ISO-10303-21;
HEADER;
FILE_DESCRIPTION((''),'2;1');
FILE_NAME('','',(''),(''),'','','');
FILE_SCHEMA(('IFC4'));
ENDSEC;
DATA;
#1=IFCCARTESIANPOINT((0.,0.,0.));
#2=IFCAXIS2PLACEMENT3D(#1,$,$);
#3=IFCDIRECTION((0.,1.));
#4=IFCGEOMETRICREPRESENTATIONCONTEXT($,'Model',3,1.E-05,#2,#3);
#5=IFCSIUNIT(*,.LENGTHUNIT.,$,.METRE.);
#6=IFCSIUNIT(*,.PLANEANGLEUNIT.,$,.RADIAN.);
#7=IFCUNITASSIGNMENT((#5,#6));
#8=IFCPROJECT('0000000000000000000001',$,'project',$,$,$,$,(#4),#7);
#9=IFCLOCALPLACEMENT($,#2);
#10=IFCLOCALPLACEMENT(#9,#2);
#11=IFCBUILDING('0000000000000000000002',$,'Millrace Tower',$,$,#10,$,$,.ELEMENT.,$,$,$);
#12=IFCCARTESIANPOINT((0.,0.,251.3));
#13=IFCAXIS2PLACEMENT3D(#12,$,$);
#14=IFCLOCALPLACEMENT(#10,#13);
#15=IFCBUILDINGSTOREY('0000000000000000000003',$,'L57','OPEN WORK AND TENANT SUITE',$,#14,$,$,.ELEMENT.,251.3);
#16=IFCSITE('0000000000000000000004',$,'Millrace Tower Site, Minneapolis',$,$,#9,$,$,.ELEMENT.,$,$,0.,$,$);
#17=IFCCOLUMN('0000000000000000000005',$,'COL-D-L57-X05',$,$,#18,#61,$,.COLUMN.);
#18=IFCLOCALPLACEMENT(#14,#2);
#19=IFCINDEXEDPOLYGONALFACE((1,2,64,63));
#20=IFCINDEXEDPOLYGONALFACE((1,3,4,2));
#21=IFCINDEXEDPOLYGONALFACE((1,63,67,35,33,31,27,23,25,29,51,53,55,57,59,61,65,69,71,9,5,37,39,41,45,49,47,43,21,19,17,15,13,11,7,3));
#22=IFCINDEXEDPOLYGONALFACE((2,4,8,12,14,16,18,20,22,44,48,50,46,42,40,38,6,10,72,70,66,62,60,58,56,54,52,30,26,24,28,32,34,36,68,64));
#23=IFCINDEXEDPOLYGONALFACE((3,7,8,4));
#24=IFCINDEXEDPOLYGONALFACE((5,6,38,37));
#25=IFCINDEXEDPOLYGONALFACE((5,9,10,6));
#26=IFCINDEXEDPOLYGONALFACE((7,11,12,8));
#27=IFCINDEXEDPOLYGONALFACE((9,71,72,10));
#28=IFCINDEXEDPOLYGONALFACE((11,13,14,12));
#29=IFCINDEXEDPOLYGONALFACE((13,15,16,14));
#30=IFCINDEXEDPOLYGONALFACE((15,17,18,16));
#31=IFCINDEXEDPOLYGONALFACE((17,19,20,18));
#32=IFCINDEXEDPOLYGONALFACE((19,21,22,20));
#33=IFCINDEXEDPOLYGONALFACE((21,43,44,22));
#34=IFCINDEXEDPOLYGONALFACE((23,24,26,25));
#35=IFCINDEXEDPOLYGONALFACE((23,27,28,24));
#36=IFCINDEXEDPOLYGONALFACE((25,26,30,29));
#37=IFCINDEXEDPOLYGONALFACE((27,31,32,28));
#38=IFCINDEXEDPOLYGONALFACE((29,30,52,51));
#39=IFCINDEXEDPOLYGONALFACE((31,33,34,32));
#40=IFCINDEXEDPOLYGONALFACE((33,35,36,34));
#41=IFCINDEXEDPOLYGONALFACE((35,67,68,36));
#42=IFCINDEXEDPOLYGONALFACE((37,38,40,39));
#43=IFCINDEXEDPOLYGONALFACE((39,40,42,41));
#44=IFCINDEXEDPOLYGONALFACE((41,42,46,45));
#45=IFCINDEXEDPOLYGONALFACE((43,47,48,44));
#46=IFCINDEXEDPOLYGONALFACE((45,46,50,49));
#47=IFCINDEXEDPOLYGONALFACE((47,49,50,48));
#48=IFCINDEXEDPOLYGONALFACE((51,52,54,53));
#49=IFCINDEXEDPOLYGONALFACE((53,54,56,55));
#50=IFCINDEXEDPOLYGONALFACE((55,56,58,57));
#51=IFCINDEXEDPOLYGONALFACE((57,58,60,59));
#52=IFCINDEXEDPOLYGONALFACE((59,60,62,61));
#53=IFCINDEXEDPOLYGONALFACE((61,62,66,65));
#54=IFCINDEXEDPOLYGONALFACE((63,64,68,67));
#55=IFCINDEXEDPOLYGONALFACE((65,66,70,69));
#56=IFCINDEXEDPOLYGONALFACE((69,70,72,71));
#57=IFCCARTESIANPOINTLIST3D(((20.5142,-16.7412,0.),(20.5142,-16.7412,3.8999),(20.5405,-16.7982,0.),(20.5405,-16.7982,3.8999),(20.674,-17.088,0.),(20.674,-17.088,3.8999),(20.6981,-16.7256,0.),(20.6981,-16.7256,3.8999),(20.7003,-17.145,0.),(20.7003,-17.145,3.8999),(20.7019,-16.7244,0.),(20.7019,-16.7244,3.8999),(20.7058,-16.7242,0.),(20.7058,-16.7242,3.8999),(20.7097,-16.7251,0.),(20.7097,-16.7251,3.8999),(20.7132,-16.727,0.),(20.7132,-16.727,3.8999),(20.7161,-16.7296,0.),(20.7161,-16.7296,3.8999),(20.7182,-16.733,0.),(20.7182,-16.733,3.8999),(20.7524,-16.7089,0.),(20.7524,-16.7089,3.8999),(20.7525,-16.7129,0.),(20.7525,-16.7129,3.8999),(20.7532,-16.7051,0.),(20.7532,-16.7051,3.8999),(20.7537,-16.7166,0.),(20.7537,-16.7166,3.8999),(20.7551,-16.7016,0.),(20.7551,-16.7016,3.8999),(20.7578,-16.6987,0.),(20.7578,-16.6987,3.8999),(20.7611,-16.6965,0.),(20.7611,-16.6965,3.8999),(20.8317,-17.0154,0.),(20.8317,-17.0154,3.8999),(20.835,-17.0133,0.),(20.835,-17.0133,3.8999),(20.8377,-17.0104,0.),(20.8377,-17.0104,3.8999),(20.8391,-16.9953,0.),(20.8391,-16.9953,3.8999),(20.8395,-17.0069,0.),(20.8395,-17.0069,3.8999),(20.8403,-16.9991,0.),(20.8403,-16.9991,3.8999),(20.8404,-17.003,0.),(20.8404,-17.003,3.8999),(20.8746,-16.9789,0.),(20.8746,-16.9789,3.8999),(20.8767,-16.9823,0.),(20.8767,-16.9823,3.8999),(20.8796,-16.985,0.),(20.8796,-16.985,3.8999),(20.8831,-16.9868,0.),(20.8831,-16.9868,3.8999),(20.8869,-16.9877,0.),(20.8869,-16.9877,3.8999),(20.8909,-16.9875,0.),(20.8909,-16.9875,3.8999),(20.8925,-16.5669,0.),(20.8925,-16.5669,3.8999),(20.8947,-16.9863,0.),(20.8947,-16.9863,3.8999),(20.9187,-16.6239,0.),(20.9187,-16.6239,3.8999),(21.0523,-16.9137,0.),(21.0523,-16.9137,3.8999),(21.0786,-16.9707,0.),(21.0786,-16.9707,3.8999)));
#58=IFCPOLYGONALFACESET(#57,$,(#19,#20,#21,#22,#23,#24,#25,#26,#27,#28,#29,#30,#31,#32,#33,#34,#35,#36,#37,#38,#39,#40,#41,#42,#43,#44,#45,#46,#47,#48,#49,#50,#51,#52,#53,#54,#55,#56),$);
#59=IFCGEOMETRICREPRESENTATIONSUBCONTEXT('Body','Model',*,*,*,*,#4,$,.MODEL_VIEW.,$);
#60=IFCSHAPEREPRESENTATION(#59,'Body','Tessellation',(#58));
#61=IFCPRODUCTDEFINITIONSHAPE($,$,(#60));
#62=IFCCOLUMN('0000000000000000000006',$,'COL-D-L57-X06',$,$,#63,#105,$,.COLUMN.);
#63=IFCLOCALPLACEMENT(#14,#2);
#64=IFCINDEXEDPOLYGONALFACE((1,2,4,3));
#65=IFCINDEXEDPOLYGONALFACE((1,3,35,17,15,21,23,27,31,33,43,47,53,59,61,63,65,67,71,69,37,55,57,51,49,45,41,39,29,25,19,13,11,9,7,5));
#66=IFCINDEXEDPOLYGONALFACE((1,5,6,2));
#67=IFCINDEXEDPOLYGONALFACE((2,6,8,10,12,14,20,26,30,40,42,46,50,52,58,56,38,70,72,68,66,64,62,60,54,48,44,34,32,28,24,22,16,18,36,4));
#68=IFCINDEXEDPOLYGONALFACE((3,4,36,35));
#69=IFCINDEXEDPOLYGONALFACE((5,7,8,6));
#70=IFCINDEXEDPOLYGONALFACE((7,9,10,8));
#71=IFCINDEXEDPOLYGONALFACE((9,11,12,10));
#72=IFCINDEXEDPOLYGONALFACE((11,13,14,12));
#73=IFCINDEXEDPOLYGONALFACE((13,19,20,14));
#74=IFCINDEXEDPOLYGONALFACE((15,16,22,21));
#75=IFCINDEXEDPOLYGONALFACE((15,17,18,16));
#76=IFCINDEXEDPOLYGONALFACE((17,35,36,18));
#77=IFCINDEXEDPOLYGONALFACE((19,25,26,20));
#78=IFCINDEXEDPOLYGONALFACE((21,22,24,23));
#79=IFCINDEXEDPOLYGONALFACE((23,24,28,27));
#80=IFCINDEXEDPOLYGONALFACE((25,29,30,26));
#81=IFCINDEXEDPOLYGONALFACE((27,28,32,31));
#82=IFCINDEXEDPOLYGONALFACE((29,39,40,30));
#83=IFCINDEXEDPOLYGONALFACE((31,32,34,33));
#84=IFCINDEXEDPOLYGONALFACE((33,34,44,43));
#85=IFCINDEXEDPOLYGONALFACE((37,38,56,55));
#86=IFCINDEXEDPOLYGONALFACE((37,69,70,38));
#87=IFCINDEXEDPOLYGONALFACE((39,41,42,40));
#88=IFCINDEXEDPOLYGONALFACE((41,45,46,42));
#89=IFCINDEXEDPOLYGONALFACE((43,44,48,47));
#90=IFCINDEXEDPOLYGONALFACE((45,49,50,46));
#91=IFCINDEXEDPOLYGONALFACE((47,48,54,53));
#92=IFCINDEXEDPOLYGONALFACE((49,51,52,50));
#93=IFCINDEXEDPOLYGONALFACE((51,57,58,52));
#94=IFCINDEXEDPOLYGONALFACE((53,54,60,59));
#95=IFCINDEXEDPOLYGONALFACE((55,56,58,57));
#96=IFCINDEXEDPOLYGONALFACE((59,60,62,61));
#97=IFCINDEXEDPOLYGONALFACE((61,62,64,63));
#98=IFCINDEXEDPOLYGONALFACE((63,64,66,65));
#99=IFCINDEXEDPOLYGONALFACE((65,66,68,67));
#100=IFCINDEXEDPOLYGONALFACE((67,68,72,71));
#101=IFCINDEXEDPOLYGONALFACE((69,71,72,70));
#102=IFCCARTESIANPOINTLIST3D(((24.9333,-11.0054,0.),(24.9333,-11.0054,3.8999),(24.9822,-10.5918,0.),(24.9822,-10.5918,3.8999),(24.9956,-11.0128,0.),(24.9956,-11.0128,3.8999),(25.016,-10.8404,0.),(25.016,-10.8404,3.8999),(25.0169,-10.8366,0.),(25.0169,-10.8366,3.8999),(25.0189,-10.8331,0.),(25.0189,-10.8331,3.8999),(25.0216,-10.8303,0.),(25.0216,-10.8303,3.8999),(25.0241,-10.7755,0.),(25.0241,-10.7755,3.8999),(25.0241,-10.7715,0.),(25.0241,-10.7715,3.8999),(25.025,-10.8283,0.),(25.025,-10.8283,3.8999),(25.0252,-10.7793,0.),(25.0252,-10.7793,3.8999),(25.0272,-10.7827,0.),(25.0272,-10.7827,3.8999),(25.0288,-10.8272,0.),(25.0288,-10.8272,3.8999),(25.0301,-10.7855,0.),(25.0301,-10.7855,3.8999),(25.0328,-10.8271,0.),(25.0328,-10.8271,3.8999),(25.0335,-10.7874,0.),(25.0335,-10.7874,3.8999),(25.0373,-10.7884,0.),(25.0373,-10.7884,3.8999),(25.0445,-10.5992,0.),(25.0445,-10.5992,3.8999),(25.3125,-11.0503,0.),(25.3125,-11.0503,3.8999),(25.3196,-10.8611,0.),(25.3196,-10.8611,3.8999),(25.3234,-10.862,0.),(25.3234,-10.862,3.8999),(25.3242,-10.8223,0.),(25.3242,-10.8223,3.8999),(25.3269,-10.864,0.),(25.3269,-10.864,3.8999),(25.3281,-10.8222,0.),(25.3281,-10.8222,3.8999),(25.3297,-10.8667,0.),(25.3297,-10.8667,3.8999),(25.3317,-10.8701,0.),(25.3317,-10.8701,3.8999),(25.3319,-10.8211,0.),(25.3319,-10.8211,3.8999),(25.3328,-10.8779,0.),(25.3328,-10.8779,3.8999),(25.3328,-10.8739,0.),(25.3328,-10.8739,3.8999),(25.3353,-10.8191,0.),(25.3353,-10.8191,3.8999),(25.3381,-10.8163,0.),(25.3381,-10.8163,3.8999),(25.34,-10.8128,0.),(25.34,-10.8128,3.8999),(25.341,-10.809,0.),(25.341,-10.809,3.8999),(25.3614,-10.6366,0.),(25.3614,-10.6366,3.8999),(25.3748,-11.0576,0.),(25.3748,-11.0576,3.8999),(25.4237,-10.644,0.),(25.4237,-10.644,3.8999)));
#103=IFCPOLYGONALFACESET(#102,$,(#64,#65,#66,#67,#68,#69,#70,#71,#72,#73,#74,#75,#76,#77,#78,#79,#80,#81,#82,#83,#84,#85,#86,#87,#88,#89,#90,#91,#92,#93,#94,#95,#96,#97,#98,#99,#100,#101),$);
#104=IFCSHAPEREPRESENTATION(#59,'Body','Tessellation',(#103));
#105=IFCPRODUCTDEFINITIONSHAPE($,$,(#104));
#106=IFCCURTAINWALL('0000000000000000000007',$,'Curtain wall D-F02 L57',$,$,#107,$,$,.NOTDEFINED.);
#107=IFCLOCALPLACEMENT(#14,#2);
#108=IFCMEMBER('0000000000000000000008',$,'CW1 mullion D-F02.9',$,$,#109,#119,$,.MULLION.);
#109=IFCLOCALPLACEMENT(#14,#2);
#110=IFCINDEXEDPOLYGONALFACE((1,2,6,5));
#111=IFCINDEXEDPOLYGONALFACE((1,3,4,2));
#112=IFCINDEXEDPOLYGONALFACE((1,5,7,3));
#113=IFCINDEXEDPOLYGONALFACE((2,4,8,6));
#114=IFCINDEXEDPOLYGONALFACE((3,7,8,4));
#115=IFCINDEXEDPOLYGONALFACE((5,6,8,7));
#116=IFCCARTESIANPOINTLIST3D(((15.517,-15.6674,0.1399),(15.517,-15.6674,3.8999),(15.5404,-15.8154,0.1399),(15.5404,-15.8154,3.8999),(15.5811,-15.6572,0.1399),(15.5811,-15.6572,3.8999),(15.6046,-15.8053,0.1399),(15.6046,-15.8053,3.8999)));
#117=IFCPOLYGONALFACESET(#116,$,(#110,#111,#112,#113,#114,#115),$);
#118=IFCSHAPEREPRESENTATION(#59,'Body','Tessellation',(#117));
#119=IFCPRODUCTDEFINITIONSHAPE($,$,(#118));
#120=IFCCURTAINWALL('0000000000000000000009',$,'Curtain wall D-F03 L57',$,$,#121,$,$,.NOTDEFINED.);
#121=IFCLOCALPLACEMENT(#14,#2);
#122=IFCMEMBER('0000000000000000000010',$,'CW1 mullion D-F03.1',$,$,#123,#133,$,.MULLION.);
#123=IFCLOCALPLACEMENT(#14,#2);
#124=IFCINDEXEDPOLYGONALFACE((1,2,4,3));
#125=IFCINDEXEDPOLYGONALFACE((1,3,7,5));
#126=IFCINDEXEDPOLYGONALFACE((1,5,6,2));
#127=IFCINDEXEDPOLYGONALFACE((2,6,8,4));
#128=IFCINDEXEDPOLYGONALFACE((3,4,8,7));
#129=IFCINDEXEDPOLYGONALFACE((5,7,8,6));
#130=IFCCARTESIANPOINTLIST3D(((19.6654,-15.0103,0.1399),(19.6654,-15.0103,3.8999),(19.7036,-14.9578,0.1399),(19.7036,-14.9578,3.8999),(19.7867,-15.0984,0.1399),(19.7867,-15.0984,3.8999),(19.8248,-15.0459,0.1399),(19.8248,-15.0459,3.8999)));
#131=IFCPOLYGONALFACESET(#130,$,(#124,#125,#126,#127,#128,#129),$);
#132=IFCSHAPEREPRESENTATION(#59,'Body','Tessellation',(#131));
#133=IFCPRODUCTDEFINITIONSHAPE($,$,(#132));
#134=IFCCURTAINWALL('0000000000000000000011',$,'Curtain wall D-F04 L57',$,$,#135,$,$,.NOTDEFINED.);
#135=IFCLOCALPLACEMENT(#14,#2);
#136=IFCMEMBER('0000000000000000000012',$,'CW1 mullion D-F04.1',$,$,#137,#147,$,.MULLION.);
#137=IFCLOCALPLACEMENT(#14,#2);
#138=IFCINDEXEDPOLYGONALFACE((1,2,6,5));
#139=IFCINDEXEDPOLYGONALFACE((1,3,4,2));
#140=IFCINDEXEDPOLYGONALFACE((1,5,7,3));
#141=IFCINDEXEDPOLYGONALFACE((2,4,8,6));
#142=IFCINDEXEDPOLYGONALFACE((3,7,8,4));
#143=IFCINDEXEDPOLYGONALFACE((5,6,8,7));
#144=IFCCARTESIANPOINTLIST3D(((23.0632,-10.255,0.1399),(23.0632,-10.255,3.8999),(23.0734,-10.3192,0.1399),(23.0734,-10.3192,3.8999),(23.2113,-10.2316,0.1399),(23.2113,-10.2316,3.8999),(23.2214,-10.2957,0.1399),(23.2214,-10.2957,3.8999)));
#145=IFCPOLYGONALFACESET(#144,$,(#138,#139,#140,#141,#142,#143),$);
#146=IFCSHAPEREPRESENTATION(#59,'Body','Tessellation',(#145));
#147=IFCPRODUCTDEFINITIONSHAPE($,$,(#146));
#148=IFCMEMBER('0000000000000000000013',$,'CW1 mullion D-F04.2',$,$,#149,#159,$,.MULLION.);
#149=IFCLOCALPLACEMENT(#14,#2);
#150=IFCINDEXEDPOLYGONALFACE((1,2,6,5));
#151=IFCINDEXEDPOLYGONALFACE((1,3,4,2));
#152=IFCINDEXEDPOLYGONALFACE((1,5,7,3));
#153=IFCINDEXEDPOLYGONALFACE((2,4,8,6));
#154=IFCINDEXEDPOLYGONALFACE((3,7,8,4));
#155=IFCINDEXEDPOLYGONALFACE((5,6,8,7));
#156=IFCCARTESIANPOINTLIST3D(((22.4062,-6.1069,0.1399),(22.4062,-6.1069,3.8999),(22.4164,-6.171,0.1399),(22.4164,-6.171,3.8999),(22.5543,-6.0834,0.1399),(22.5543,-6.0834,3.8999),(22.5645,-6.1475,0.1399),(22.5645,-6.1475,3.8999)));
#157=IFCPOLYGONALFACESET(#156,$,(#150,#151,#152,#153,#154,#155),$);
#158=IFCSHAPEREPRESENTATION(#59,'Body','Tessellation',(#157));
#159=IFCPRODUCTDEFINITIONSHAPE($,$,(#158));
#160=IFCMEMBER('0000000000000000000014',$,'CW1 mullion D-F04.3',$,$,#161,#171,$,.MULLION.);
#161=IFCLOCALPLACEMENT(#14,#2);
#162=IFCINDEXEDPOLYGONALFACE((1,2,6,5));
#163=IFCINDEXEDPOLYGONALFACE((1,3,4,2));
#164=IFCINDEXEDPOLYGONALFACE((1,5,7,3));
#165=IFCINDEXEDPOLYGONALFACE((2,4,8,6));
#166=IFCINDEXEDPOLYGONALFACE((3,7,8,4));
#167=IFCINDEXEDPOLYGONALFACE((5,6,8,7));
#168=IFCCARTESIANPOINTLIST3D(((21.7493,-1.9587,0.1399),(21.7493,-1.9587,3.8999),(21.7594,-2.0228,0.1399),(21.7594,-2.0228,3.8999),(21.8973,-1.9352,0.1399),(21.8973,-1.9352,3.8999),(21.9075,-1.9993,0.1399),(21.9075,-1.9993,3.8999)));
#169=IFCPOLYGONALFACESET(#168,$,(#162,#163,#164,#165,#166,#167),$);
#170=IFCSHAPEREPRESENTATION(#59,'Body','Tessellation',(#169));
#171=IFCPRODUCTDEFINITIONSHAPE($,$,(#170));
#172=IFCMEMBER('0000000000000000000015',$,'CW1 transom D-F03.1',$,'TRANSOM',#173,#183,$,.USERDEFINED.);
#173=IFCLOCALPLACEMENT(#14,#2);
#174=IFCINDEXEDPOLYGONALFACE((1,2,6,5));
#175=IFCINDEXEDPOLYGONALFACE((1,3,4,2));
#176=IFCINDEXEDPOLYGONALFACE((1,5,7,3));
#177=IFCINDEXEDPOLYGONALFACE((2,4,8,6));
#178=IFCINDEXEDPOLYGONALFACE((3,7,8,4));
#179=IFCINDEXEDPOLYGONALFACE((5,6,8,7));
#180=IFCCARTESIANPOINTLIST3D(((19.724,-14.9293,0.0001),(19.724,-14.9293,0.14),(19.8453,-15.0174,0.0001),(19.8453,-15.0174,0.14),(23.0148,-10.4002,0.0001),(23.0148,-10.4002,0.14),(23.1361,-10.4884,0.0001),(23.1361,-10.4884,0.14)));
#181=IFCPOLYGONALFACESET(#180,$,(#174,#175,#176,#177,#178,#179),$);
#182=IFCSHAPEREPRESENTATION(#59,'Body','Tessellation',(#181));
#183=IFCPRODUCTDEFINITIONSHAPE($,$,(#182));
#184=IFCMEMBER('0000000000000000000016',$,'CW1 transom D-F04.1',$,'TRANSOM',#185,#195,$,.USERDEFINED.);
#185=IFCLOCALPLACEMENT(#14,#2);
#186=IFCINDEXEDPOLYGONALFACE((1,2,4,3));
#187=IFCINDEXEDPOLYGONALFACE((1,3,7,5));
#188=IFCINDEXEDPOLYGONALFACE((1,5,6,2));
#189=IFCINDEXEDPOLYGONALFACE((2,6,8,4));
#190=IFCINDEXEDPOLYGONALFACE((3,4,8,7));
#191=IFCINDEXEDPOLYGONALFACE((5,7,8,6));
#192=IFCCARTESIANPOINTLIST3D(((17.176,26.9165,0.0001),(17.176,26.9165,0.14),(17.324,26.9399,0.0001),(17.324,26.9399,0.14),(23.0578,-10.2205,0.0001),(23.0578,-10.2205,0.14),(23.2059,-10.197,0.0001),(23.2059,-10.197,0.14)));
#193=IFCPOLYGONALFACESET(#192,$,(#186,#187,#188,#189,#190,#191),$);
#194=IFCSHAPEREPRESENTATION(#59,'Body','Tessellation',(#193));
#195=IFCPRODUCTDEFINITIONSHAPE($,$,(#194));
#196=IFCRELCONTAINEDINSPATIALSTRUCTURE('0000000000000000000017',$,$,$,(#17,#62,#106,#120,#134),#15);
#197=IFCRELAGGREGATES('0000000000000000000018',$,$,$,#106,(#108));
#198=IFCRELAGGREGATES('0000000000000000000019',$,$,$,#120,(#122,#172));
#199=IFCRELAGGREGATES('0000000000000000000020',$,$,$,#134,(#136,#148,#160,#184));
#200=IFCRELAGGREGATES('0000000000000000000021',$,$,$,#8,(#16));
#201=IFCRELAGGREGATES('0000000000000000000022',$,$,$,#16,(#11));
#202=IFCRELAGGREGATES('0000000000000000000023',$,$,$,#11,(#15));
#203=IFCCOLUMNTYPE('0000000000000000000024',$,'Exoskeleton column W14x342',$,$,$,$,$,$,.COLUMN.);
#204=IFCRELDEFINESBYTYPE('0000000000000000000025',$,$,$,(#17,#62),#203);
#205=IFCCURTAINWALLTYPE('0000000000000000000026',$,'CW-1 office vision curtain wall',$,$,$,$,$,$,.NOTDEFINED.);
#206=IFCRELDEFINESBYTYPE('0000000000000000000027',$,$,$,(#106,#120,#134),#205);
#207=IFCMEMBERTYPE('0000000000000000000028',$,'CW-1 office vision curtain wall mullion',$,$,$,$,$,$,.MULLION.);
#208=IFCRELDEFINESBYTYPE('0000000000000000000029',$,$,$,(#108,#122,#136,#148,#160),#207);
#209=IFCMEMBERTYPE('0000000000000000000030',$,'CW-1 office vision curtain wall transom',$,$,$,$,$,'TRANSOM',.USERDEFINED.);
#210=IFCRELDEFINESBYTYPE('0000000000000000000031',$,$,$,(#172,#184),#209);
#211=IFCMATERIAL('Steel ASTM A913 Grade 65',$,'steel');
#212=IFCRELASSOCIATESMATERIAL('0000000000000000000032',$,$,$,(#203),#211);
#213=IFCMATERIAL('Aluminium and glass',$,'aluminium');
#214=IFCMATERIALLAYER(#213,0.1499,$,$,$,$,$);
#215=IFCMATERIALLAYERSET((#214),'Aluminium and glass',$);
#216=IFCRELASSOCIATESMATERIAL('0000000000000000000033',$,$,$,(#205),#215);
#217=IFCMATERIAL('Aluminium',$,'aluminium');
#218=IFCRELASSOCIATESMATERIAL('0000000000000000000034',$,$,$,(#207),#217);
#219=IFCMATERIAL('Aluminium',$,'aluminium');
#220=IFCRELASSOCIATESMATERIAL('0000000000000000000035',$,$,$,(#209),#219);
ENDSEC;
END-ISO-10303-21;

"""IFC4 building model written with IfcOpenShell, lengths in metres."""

from ifc_helpers import new_model, si_unit, direction, frame, origin, origin_2d, place, context, subcontext, project, spatial, rectangle, i_section, extrude, material, layer, layer_set, material_profile, profile_set, type_object, element, aggregate, save


model = new_model("IFC4")

# Units and contexts
model_context = context("Model", 3, precision=1e-05, world=origin(), true_north=direction((0.0, 1.0)))
body_context = subcontext(model_context, "Body", "Model", "MODEL_VIEW")
ifc_project = project(units=[si_unit("LENGTHUNIT", "METRE"), si_unit("PLANEANGLEUNIT", "RADIAN")], contexts=[model_context])

# Site, building, storey
site_placement = place(None, origin())
site = spatial("IfcSite", under=ifc_project, at=site_placement, Name="Millrace Tower Site, Minneapolis", CompositionType="ELEMENT", RefElevation=0.0)
building_placement = place(site_placement, origin())
building = spatial("IfcBuilding", under=site, at=building_placement, Name="Millrace Tower", CompositionType="ELEMENT")
storey_placement = place(building_placement, frame((0.0, 0.0, 251.3)))
storey = spatial("IfcBuildingStorey", under=building, at=storey_placement, Name="L57", Description="OPEN WORK AND TENANT SUITE", CompositionType="ELEMENT", Elevation=251.3)

# Columns
ifc_material_1 = material(Name="Steel ASTM A913 Grade 65", Category="steel")
ifc_material_profile_1 = material_profile(ifc_material_1, i_section(OverallWidth=0.4165, OverallDepth=0.4446, WebThickness=0.0391, FlangeThickness=0.0627, FilletRadius=0.0151, at=origin_2d()))
ifc_profile_set_1 = profile_set([ifc_material_profile_1], Name="Steel ASTM A913 Grade 65")
column_type = type_object("IfcColumnType", Name="Exoskeleton column W14x342", PredefinedType="COLUMN", material=ifc_profile_set_1)
for number, where, z_axis, x_axis, name in (
    (1, (20.7964, -16.856, 0.0), (0.0, 0.0, 1.0), (0.908192, 0.418553, 0.0), "COL-D-L57-X05"),
    (2, (25.1785, -10.8247, 0.0), (0.0, 0.0, 1.0), (0.117421, 0.993082, 0.0), "COL-D-L57-X06"),
):
    element("IfcColumn", number, at=place(storey_placement, frame(where, z_axis=z_axis, x_axis=x_axis)), inside=storey, type_object=column_type, Name=name, PredefinedType="COLUMN", context=body_context, shape_type="SweptSolid", body=[
        extrude(i_section(OverallWidth=0.4165, OverallDepth=0.4446, WebThickness=0.0391, FlangeThickness=0.0627, FilletRadius=0.0151, at=origin_2d()), origin(), (0.0, 0.0, 1.0), 3.8999),
    ])

# Curtain walls, members
ifc_material_2 = material(Name="Aluminium and glass", Category="aluminium")
ifc_layer_1 = layer(ifc_material_2, 0.1499)
ifc_layer_set_1 = layer_set([ifc_layer_1], Name="Aluminium and glass")
curtain_wall_type = type_object("IfcCurtainWallType", Name="CW-1 office vision curtain wall", PredefinedType="NOTDEFINED", material=ifc_layer_set_1)
placement = place(storey_placement, origin())
curtain_wall_1 = element("IfcCurtainWall", 3, at=placement, inside=storey, type_object=curtain_wall_type, Name="Curtain wall D-F02 L57", PredefinedType="NOTDEFINED")
ifc_material_3 = material(Name="Aluminium", Category="aluminium")
ifc_material_profile_2 = material_profile(ifc_material_3, rectangle(XDim=0.0649, YDim=0.1499, at=origin_2d()))
ifc_profile_set_2 = profile_set([ifc_material_profile_2], Name="Aluminium")
member_type_1 = type_object("IfcMemberType", Name="CW-1 office vision curtain wall mullion", PredefinedType="MULLION", material=ifc_profile_set_2)
member_1_placement = place(storey_placement, frame((15.5608, -15.7363, 0.1399), z_axis=(0.0, 0.0, 1.0), x_axis=(0.987688, 0.156434, 0.0)))
member_1 = element("IfcMember", 4, at=member_1_placement, type_object=member_type_1, Name="CW1 mullion D-F02.9", PredefinedType="MULLION", context=body_context, shape_type="SweptSolid", body=[
    extrude(rectangle(XDim=0.0649, YDim=0.1499, at=origin_2d()), origin(), (0.0, 0.0, 1.0), 3.76),
])
aggregate(curtain_wall_1, [member_1])
curtain_wall_2 = element("IfcCurtainWall", 5, at=placement, inside=storey, type_object=curtain_wall_type, Name="Curtain wall D-F03 L57", PredefinedType="NOTDEFINED")
member_2_placement = place(storey_placement, frame((19.7451, -15.0281, 0.1399), z_axis=(0.0, 0.0, 1.0), x_axis=(0.587785, 0.809017, 0.0)))
member_2 = element("IfcMember", 6, at=member_2_placement, type_object=member_type_1, Name="CW1 mullion D-F03.1", PredefinedType="MULLION", context=body_context, shape_type="SweptSolid", body=[
    extrude(rectangle(XDim=0.0649, YDim=0.1499, at=origin_2d()), origin(), (0.0, 0.0, 1.0), 3.76),
])

# Curtain wall, members
curtain_wall_3 = element("IfcCurtainWall", 7, at=placement, inside=storey, type_object=curtain_wall_type, Name="Curtain wall D-F04 L57", PredefinedType="NOTDEFINED")
member_3_placement = place(storey_placement, frame((23.1423, -10.2754, 0.1399), z_axis=(0.0, 0.0, 1.0), x_axis=(-0.156434, 0.987688, 0.0)))
member_3 = element("IfcMember", 8, at=member_3_placement, type_object=member_type_1, Name="CW1 mullion D-F04.1", PredefinedType="MULLION", context=body_context, shape_type="SweptSolid", body=[
    extrude(rectangle(XDim=0.0649, YDim=0.1499, at=origin_2d()), origin(), (0.0, 0.0, 1.0), 3.76),
])
member_4_placement = place(storey_placement, frame((22.4854, -6.1272, 0.1399), z_axis=(0.0, 0.0, 1.0), x_axis=(-0.156434, 0.987688, 0.0)))
member_4 = element("IfcMember", 9, at=member_4_placement, type_object=member_type_1, Name="CW1 mullion D-F04.2", PredefinedType="MULLION", context=body_context, shape_type="SweptSolid", body=[
    extrude(rectangle(XDim=0.0649, YDim=0.1499, at=origin_2d()), origin(), (0.0, 0.0, 1.0), 3.76),
])
member_5_placement = place(storey_placement, frame((21.8284, -1.979, 0.1399), z_axis=(0.0, 0.0, 1.0), x_axis=(-0.156434, 0.987688, 0.0)))
member_5 = element("IfcMember", 10, at=member_5_placement, type_object=member_type_1, Name="CW1 mullion D-F04.3", PredefinedType="MULLION", context=body_context, shape_type="SweptSolid", body=[
    extrude(rectangle(XDim=0.0649, YDim=0.1499, at=origin_2d()), origin(), (0.0, 0.0, 1.0), 3.76),
])

# Members
ifc_material_4 = material(Name="Aluminium", Category="aluminium")
ifc_material_profile_3 = material_profile(ifc_material_4, rectangle(XDim=0.1499, YDim=0.1399, at=origin_2d()))
ifc_profile_set_3 = profile_set([ifc_material_profile_3], Name="Aluminium")
member_type_2 = type_object("IfcMemberType", Name="CW-1 office vision curtain wall transom", ElementType="TRANSOM", PredefinedType="USERDEFINED", material=ifc_profile_set_3)
member_6_placement = place(storey_placement, frame((19.7847, -14.9734, 0.0701), z_axis=(0.587811, 0.808998, 0.0), x_axis=(-0.808998, 0.587811, 0.0)))
member_6 = element("IfcMember", 11, at=member_6_placement, type_object=member_type_2, Name="CW1 transom D-F03.1", ObjectType="TRANSOM", PredefinedType="USERDEFINED", context=body_context, shape_type="SweptSolid", body=[
    extrude(rectangle(XDim=0.1499, YDim=0.1399, at=origin_2d()), origin(), (0.0, 0.0, 1.0), 5.5984),
])
aggregate(curtain_wall_2, [member_2, member_6])
member_7_placement = place(storey_placement, frame((23.1318, -10.2087, 0.0701), z_axis=(-0.156432, 0.987689, 0.0), x_axis=(-0.987689, -0.156432, 0.0)))
member_7 = element("IfcMember", 12, at=member_7_placement, type_object=member_type_2, Name="CW1 transom D-F04.1", ObjectType="TRANSOM", PredefinedType="USERDEFINED", context=body_context, shape_type="SweptSolid", body=[
    extrude(rectangle(XDim=0.1499, YDim=0.1399, at=origin_2d()), origin(), (0.0, 0.0, 1.0), 37.5999),
])
aggregate(curtain_wall_3, [member_3, member_4, member_5, member_7])

save(model, "model.ifc")
